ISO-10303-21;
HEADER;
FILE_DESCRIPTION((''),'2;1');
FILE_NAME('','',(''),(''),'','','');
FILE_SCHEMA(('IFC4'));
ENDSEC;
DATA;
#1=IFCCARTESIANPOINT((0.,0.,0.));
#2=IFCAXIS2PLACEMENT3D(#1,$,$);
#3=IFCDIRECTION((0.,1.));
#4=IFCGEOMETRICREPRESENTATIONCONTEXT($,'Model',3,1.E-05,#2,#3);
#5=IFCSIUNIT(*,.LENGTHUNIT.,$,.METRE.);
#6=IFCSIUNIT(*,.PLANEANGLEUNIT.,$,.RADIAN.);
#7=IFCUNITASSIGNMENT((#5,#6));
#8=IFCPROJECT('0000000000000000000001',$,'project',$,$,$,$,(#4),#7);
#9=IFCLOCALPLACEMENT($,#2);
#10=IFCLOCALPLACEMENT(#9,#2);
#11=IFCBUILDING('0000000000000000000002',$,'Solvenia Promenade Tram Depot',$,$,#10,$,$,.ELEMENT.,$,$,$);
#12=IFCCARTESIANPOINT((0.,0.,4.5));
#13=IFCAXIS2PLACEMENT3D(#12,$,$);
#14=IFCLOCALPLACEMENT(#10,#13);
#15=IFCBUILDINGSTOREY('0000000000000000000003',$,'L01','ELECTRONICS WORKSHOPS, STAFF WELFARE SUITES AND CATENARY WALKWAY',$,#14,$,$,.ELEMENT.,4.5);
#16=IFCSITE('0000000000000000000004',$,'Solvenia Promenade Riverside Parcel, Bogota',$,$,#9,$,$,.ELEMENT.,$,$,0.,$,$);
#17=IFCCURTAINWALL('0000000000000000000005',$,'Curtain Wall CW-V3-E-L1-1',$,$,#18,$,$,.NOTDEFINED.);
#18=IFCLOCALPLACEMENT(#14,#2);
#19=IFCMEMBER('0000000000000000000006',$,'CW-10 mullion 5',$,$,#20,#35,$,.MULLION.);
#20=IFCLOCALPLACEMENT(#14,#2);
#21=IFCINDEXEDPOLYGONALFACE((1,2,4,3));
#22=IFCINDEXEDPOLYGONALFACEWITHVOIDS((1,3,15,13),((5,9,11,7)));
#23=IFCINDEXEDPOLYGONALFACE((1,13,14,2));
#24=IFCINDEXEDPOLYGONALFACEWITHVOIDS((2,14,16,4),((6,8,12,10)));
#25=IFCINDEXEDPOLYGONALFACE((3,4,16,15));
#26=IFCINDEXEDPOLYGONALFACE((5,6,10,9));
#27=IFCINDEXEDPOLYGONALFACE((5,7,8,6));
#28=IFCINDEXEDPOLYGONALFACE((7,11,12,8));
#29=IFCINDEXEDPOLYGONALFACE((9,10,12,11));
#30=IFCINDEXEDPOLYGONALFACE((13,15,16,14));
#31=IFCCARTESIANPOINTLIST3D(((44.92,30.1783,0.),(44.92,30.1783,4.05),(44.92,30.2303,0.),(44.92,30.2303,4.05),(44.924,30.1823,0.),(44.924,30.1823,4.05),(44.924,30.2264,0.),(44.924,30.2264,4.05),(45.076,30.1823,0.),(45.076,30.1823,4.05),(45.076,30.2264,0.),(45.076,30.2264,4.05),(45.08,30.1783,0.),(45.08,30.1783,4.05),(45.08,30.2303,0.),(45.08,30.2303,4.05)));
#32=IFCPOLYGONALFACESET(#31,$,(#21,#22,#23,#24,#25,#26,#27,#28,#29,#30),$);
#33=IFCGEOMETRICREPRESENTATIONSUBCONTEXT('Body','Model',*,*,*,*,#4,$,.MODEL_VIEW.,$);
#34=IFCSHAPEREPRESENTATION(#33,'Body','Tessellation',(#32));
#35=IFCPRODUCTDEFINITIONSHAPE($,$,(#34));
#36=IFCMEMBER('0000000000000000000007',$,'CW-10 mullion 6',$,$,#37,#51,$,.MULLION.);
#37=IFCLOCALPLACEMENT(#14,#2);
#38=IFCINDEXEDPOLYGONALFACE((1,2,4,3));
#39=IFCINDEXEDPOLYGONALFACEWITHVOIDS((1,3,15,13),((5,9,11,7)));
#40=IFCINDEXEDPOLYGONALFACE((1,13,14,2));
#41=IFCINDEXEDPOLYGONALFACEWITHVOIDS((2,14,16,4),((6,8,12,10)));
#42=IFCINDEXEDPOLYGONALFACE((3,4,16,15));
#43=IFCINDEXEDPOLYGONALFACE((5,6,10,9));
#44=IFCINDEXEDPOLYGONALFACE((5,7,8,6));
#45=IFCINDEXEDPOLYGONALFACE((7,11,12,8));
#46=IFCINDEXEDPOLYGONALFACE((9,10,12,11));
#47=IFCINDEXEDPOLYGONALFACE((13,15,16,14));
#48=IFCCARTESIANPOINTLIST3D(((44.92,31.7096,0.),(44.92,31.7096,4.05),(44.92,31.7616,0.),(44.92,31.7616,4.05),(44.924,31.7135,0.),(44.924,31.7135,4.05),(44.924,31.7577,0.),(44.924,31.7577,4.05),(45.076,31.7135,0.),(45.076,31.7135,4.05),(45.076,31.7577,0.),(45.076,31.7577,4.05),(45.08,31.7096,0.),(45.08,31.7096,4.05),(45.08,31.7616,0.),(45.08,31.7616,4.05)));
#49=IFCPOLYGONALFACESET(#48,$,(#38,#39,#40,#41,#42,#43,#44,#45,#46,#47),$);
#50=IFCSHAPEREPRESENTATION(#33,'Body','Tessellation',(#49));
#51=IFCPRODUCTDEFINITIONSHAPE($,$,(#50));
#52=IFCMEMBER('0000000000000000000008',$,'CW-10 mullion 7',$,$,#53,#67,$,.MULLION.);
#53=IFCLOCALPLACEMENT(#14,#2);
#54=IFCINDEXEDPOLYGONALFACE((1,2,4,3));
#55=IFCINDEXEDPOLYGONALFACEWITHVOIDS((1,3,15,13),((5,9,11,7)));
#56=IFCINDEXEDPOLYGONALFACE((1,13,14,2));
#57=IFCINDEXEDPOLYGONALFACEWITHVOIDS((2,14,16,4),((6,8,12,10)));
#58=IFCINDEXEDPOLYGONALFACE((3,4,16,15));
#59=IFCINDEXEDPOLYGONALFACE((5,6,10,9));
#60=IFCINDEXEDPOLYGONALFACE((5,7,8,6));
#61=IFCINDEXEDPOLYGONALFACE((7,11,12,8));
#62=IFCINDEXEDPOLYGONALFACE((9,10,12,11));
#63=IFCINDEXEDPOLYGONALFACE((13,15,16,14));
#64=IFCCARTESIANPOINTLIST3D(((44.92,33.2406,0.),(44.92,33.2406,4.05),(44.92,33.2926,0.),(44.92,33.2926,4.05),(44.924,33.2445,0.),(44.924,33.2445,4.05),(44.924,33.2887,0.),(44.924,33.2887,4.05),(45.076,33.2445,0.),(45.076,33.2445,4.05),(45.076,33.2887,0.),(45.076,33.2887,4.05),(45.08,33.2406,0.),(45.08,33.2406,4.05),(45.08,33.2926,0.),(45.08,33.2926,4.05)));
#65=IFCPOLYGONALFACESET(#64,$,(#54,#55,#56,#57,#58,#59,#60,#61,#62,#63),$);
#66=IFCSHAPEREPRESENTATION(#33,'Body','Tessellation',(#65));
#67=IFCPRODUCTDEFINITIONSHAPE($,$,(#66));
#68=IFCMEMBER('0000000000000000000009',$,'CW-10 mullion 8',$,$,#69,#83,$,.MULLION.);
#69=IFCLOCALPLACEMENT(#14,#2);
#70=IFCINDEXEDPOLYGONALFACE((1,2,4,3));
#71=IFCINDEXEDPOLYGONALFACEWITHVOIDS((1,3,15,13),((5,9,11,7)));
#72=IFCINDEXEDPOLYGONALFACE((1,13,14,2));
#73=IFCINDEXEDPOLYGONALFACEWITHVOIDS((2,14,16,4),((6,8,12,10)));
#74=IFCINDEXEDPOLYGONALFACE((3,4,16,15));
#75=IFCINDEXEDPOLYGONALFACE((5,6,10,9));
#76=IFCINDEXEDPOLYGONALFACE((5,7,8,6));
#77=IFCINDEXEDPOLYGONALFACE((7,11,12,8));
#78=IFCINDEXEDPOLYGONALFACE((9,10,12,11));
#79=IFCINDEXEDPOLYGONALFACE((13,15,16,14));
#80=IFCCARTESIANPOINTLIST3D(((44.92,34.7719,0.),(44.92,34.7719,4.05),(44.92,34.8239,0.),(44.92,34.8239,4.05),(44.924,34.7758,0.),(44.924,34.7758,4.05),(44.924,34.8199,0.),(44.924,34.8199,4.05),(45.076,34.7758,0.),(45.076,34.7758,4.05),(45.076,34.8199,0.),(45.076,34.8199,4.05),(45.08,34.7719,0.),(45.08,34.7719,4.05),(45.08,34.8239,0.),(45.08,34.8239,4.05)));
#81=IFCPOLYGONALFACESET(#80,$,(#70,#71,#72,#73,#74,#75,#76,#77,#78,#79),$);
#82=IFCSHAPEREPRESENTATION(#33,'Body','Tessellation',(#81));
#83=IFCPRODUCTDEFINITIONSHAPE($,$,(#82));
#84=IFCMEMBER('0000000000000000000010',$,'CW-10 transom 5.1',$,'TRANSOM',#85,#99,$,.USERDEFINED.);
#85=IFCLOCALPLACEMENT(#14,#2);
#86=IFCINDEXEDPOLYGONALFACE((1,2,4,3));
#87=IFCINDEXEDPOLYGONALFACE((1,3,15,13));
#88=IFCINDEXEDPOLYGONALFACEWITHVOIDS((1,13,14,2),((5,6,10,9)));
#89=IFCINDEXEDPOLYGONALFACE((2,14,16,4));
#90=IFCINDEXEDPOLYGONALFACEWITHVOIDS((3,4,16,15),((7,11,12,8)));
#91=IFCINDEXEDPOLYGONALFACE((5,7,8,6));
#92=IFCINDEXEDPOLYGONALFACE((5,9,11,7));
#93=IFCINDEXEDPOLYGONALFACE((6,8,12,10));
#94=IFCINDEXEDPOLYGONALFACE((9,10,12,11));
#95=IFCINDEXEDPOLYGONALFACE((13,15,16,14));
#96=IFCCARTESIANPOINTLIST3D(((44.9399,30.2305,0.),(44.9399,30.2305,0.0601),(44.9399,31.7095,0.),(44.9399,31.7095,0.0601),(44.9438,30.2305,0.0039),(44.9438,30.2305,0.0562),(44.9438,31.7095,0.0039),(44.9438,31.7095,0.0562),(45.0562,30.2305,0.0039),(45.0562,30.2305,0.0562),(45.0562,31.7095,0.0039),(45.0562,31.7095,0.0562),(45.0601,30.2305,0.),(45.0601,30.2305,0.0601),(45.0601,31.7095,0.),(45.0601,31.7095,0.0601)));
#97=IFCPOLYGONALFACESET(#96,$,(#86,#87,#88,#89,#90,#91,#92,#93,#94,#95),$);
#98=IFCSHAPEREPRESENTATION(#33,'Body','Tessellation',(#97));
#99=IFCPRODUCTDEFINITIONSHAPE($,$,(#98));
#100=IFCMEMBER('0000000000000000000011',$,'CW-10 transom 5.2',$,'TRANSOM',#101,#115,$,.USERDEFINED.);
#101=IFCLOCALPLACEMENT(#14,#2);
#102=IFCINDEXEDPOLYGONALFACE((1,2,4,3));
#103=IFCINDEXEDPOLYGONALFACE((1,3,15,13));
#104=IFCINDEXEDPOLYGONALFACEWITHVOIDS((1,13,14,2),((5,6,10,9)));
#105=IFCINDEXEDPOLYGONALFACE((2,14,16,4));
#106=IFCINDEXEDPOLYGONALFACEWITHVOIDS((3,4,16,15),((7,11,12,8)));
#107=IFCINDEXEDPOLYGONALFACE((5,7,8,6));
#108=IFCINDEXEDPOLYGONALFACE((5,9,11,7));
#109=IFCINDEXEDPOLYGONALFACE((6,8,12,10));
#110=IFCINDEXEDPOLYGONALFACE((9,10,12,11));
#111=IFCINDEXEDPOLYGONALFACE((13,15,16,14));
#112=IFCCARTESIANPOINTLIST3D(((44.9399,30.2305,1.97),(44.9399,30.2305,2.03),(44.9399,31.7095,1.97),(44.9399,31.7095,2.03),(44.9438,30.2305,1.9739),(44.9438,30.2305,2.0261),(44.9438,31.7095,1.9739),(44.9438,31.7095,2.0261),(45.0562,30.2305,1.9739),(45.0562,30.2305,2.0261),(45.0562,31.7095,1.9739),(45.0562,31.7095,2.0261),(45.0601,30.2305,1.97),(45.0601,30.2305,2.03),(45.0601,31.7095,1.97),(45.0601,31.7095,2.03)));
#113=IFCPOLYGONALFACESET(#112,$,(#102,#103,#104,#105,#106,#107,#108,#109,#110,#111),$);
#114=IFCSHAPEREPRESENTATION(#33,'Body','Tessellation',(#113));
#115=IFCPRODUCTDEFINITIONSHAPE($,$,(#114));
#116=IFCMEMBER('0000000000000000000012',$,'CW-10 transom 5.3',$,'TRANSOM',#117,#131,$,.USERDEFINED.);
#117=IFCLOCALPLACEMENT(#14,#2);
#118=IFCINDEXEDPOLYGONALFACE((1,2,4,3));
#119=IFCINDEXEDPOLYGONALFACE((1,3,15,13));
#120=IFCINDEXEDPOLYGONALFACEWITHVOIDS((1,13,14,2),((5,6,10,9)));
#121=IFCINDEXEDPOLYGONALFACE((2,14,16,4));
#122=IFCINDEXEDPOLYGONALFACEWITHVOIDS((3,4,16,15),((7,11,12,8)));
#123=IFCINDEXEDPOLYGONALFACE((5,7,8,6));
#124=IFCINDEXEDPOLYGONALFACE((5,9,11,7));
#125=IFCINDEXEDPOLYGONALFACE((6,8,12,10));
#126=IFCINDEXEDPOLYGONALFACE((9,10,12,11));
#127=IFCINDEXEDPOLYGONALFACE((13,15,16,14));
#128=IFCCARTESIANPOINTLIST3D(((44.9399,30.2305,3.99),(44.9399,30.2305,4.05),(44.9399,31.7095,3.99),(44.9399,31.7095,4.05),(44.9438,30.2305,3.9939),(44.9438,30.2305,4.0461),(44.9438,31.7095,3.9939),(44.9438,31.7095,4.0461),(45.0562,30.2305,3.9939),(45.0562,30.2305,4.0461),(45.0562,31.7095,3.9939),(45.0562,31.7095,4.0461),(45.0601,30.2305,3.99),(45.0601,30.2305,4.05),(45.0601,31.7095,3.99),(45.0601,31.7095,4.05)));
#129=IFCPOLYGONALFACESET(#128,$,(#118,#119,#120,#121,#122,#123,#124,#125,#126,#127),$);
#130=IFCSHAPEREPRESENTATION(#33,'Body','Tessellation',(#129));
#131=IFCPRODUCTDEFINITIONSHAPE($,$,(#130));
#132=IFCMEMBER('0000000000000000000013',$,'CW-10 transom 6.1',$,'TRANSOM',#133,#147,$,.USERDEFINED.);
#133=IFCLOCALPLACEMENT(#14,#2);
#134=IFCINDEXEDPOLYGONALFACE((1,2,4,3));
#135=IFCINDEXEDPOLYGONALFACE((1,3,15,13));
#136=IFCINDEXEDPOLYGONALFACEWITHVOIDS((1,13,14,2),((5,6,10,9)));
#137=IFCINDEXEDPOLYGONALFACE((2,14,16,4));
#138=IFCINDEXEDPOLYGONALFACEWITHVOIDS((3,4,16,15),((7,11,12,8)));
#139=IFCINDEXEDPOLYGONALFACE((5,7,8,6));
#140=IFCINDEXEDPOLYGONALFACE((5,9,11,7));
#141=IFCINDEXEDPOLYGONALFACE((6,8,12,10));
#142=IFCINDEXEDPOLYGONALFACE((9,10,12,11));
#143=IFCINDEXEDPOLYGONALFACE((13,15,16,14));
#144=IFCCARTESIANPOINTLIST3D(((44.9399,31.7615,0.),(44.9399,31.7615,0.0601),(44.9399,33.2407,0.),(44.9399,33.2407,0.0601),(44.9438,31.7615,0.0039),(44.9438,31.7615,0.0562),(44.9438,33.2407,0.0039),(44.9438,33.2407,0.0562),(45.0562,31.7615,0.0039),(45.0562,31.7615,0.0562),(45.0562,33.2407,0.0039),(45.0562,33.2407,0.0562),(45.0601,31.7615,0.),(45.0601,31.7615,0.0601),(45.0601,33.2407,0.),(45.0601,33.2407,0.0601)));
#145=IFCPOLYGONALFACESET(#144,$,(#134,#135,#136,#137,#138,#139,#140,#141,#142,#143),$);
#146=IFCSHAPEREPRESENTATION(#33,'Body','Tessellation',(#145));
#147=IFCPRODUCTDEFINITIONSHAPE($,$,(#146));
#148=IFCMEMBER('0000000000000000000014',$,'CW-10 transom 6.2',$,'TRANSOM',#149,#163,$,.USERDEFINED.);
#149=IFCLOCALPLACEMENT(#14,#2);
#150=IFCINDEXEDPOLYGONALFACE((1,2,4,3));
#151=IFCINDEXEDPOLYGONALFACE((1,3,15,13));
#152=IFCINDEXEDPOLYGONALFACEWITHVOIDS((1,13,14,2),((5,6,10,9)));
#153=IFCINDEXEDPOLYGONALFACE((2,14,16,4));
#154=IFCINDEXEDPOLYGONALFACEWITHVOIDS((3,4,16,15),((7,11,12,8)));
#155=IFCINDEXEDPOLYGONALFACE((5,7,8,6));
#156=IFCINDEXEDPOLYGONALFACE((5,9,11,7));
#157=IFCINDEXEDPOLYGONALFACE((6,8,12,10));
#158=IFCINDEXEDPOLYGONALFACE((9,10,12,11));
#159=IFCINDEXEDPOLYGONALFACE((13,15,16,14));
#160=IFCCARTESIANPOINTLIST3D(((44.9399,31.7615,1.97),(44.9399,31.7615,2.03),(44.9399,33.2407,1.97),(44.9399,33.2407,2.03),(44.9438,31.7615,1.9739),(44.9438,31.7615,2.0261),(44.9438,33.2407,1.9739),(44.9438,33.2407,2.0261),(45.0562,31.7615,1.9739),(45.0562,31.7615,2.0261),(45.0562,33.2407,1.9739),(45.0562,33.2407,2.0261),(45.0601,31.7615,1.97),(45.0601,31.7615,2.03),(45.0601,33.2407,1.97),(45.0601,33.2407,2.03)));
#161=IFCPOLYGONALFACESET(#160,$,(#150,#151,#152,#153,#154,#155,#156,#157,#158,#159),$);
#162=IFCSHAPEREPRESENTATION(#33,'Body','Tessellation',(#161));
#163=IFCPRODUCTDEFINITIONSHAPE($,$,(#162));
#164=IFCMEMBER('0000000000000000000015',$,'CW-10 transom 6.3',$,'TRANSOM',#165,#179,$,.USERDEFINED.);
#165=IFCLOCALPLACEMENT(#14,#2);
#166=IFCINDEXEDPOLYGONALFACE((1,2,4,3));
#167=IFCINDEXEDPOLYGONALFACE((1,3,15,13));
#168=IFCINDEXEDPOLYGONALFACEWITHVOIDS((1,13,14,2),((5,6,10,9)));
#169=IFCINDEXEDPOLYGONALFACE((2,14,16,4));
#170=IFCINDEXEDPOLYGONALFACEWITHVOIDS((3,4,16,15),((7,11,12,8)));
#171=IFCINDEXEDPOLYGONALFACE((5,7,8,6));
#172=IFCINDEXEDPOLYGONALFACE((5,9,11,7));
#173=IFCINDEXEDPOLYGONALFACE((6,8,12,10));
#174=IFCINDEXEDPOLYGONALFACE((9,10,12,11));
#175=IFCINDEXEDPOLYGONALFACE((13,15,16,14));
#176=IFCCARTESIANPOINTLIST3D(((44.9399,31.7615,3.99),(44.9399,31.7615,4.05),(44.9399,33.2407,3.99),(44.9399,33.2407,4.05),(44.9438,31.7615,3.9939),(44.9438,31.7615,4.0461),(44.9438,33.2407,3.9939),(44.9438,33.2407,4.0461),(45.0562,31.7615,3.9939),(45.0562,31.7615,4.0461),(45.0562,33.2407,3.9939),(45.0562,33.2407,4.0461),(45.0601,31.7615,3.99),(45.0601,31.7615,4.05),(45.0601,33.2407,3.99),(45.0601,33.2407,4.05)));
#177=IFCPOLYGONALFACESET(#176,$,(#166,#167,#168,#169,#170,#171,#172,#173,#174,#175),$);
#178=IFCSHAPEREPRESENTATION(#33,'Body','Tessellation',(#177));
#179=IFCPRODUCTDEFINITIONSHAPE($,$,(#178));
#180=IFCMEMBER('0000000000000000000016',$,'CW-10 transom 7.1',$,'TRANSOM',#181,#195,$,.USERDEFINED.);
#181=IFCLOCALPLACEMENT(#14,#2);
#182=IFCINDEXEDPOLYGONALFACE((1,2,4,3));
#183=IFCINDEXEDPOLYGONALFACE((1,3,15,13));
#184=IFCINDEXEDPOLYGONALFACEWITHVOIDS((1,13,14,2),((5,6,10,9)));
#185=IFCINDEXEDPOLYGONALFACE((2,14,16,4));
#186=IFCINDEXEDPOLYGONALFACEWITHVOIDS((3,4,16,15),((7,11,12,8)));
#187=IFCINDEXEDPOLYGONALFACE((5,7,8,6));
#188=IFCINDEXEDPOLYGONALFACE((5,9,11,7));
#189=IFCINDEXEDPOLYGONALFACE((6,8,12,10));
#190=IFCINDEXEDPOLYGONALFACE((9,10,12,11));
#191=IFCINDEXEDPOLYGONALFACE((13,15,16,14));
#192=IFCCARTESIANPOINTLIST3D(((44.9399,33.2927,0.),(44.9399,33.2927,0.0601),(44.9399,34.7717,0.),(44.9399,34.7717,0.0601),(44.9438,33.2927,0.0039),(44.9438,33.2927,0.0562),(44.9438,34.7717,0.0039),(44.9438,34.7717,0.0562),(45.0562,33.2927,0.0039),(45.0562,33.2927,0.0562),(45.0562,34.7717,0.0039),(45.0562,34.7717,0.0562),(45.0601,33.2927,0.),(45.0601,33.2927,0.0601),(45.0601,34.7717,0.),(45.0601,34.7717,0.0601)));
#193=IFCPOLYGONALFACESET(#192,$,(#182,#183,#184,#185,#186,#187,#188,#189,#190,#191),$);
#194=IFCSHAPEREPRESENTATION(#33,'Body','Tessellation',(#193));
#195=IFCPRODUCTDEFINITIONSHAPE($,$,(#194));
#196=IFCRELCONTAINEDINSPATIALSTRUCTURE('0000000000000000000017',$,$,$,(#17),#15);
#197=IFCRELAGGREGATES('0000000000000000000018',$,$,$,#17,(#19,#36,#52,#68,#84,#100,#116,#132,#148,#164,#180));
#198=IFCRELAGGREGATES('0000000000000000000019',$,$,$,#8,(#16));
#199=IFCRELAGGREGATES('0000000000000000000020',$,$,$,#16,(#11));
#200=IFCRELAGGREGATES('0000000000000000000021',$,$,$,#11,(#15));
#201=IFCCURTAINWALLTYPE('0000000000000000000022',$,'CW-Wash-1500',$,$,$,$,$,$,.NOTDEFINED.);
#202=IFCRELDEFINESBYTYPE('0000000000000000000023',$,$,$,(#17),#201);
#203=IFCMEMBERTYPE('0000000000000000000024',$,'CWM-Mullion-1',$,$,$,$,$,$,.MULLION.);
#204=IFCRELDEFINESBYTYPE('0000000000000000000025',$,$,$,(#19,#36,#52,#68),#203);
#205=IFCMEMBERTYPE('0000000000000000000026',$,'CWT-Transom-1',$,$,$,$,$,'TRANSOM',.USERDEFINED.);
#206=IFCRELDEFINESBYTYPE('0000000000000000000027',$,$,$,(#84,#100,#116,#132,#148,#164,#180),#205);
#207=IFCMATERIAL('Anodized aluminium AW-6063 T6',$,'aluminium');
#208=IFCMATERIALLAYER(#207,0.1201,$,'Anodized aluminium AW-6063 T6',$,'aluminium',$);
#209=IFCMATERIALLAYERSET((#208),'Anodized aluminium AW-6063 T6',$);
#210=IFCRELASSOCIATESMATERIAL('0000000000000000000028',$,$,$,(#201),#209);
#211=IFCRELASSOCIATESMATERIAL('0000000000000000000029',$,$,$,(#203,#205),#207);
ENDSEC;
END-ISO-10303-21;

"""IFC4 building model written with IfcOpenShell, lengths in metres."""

from ifc_helpers import new_model, si_unit, direction, frame, origin, origin_2d, place, context, subcontext, project, spatial, hollow_rectangle, extrude, material, layer, layer_set, material_profile, profile_set, type_object, element, aggregate, save


model = new_model("IFC4")

# Units and contexts
model_context = context("Model", 3, precision=1e-05, world=origin(), true_north=direction((0.0, 1.0)))
body_context = subcontext(model_context, "Body", "Model", "MODEL_VIEW")
ifc_project = project(units=[si_unit("LENGTHUNIT", "METRE"), si_unit("PLANEANGLEUNIT", "RADIAN")], contexts=[model_context])

# Site, building, storey
site_placement = place(None, origin())
site = spatial("IfcSite", under=ifc_project, at=site_placement, Name="Solvenia Promenade Riverside Parcel, Bogota", CompositionType="ELEMENT", RefElevation=0.0)
building_placement = place(site_placement, origin())
building = spatial("IfcBuilding", under=site, at=building_placement, Name="Solvenia Promenade Tram Depot", CompositionType="ELEMENT")
storey_placement = place(building_placement, frame((0.0, 0.0, 4.5)))
storey = spatial("IfcBuildingStorey", under=building, at=storey_placement, Name="L01", Description="ELECTRONICS WORKSHOPS, STAFF WELFARE SUITES AND CATENARY WALKWAY", CompositionType="ELEMENT", Elevation=4.5)

# Curtain wall, members
ifc_material_1 = material(Name="Anodized aluminium AW-6063 T6", Category="aluminium")
ifc_layer_1 = layer(ifc_material_1, 0.1201, Name="Anodized aluminium AW-6063 T6", Category="aluminium")
ifc_layer_set_1 = layer_set([ifc_layer_1], Name="Anodized aluminium AW-6063 T6")
curtain_wall_type = type_object("IfcCurtainWallType", Name="CW-Wash-1500", PredefinedType="NOTDEFINED", material=ifc_layer_set_1)
curtain_wall_placement = place(storey_placement, origin())
curtain_wall = element("IfcCurtainWall", 1, at=curtain_wall_placement, inside=storey, type_object=curtain_wall_type, Name="Curtain Wall CW-V3-E-L1-1", PredefinedType="NOTDEFINED")
ifc_material_profile_1 = material_profile(ifc_material_1, hollow_rectangle(XDim=0.1599, YDim=0.052, WallThickness=0.0039, at=origin_2d()), Name="ALU-M1", Category="aluminium")
ifc_profile_set_1 = profile_set([ifc_material_profile_1], Name="Anodized aluminium AW-6063 T6")
member_type_1 = type_object("IfcMemberType", Name="CWM-Mullion-1", PredefinedType="MULLION", material=ifc_profile_set_1)
member_1_placement = place(storey_placement, frame((45.0, 30.2043, 0.0), z_axis=(0.0, 0.0, 1.0), x_axis=(-1.0, 0.0, 0.0)))
member_1 = element("IfcMember", 2, at=member_1_placement, type_object=member_type_1, Name="CW-10 mullion 5", PredefinedType="MULLION", context=body_context, shape_type="SweptSolid", body=[
    extrude(hollow_rectangle(XDim=0.1599, YDim=0.052, WallThickness=0.0039, at=origin_2d()), origin(), (0.0, 0.0, 1.0), 4.05),
])
member_2_placement = place(storey_placement, frame((45.0, 31.7356, 0.0), z_axis=(0.0, 0.0, 1.0), x_axis=(-1.0, 0.0, 0.0)))
member_2 = element("IfcMember", 3, at=member_2_placement, type_object=member_type_1, Name="CW-10 mullion 6", PredefinedType="MULLION", context=body_context, shape_type="SweptSolid", body=[
    extrude(hollow_rectangle(XDim=0.1599, YDim=0.052, WallThickness=0.0039, at=origin_2d()), origin(), (0.0, 0.0, 1.0), 4.05),
])
member_3_placement = place(storey_placement, frame((45.0, 33.2666, 0.0), z_axis=(0.0, 0.0, 1.0), x_axis=(-1.0, 0.0, 0.0)))
member_3 = element("IfcMember", 4, at=member_3_placement, type_object=member_type_1, Name="CW-10 mullion 7", PredefinedType="MULLION", context=body_context, shape_type="SweptSolid", body=[
    extrude(hollow_rectangle(XDim=0.1599, YDim=0.052, WallThickness=0.0039, at=origin_2d()), origin(), (0.0, 0.0, 1.0), 4.05),
])
member_4_placement = place(storey_placement, frame((45.0, 34.7979, 0.0), z_axis=(0.0, 0.0, 1.0), x_axis=(-1.0, 0.0, 0.0)))
member_4 = element("IfcMember", 5, at=member_4_placement, type_object=member_type_1, Name="CW-10 mullion 8", PredefinedType="MULLION", context=body_context, shape_type="SweptSolid", body=[
    extrude(hollow_rectangle(XDim=0.1599, YDim=0.052, WallThickness=0.0039, at=origin_2d()), origin(), (0.0, 0.0, 1.0), 4.05),
])
ifc_material_profile_2 = material_profile(ifc_material_1, hollow_rectangle(XDim=0.1201, YDim=0.0601, WallThickness=0.0039, at=origin_2d()), Name="ALU-T1", Category="aluminium")
ifc_profile_set_2 = profile_set([ifc_material_profile_2], Name="Anodized aluminium AW-6063 T6")
member_type_2 = type_object("IfcMemberType", Name="CWT-Transom-1", ElementType="TRANSOM", PredefinedType="USERDEFINED", material=ifc_profile_set_2)
member_5_placement = place(storey_placement, frame((45.0, 30.2305, 0.03), z_axis=(0.0, 1.0, 0.0), x_axis=(-1.0, 0.0, 0.0)))
member_5 = element("IfcMember", 6, at=member_5_placement, type_object=member_type_2, Name="CW-10 transom 5.1", ObjectType="TRANSOM", PredefinedType="USERDEFINED", context=body_context, shape_type="SweptSolid", body=[
    extrude(hollow_rectangle(XDim=0.1201, YDim=0.0601, WallThickness=0.0039, at=origin_2d()), origin(), (0.0, 0.0, 1.0), 1.479),
])
member_6_placement = place(storey_placement, frame((45.0, 30.2305, 2.0), z_axis=(0.0, 1.0, 0.0), x_axis=(-1.0, 0.0, 0.0)))
member_6 = element("IfcMember", 7, at=member_6_placement, type_object=member_type_2, Name="CW-10 transom 5.2", ObjectType="TRANSOM", PredefinedType="USERDEFINED", context=body_context, shape_type="SweptSolid", body=[
    extrude(hollow_rectangle(XDim=0.1201, YDim=0.0601, WallThickness=0.0039, at=origin_2d()), origin(), (0.0, 0.0, 1.0), 1.479),
])
member_7_placement = place(storey_placement, frame((45.0, 30.2305, 4.02), z_axis=(0.0, 1.0, 0.0), x_axis=(-1.0, 0.0, 0.0)))
member_7 = element("IfcMember", 8, at=member_7_placement, type_object=member_type_2, Name="CW-10 transom 5.3", ObjectType="TRANSOM", PredefinedType="USERDEFINED", context=body_context, shape_type="SweptSolid", body=[
    extrude(hollow_rectangle(XDim=0.1201, YDim=0.0601, WallThickness=0.0039, at=origin_2d()), origin(), (0.0, 0.0, 1.0), 1.479),
])
member_8_placement = place(storey_placement, frame((45.0, 31.7615, 0.03), z_axis=(0.0, 1.0, 0.0), x_axis=(-1.0, 0.0, 0.0)))
member_8 = element("IfcMember", 9, at=member_8_placement, type_object=member_type_2, Name="CW-10 transom 6.1", ObjectType="TRANSOM", PredefinedType="USERDEFINED", context=body_context, shape_type="SweptSolid", body=[
    extrude(hollow_rectangle(XDim=0.1201, YDim=0.0601, WallThickness=0.0039, at=origin_2d()), origin(), (0.0, 0.0, 1.0), 1.4792),
])
member_9_placement = place(storey_placement, frame((45.0, 31.7615, 2.0), z_axis=(0.0, 1.0, 0.0), x_axis=(-1.0, 0.0, 0.0)))
member_9 = element("IfcMember", 10, at=member_9_placement, type_object=member_type_2, Name="CW-10 transom 6.2", ObjectType="TRANSOM", PredefinedType="USERDEFINED", context=body_context, shape_type="SweptSolid", body=[
    extrude(hollow_rectangle(XDim=0.1201, YDim=0.0601, WallThickness=0.0039, at=origin_2d()), origin(), (0.0, 0.0, 1.0), 1.4792),
])
member_10_placement = place(storey_placement, frame((45.0, 31.7615, 4.02), z_axis=(0.0, 1.0, 0.0), x_axis=(-1.0, 0.0, 0.0)))
member_10 = element("IfcMember", 11, at=member_10_placement, type_object=member_type_2, Name="CW-10 transom 6.3", ObjectType="TRANSOM", PredefinedType="USERDEFINED", context=body_context, shape_type="SweptSolid", body=[
    extrude(hollow_rectangle(XDim=0.1201, YDim=0.0601, WallThickness=0.0039, at=origin_2d()), origin(), (0.0, 0.0, 1.0), 1.4792),
])
member_11_placement = place(storey_placement, frame((45.0, 33.2927, 0.03), z_axis=(0.0, 1.0, 0.0), x_axis=(-1.0, 0.0, 0.0)))
member_11 = element("IfcMember", 12, at=member_11_placement, type_object=member_type_2, Name="CW-10 transom 7.1", ObjectType="TRANSOM", PredefinedType="USERDEFINED", context=body_context, shape_type="SweptSolid", body=[
    extrude(hollow_rectangle(XDim=0.1201, YDim=0.0601, WallThickness=0.0039, at=origin_2d()), origin(), (0.0, 0.0, 1.0), 1.479),
])

aggregate(curtain_wall, [member_1, member_2, member_3, member_4, member_5, member_6, member_7, member_8, member_9, member_10, member_11])

save(model, "model.ifc")
